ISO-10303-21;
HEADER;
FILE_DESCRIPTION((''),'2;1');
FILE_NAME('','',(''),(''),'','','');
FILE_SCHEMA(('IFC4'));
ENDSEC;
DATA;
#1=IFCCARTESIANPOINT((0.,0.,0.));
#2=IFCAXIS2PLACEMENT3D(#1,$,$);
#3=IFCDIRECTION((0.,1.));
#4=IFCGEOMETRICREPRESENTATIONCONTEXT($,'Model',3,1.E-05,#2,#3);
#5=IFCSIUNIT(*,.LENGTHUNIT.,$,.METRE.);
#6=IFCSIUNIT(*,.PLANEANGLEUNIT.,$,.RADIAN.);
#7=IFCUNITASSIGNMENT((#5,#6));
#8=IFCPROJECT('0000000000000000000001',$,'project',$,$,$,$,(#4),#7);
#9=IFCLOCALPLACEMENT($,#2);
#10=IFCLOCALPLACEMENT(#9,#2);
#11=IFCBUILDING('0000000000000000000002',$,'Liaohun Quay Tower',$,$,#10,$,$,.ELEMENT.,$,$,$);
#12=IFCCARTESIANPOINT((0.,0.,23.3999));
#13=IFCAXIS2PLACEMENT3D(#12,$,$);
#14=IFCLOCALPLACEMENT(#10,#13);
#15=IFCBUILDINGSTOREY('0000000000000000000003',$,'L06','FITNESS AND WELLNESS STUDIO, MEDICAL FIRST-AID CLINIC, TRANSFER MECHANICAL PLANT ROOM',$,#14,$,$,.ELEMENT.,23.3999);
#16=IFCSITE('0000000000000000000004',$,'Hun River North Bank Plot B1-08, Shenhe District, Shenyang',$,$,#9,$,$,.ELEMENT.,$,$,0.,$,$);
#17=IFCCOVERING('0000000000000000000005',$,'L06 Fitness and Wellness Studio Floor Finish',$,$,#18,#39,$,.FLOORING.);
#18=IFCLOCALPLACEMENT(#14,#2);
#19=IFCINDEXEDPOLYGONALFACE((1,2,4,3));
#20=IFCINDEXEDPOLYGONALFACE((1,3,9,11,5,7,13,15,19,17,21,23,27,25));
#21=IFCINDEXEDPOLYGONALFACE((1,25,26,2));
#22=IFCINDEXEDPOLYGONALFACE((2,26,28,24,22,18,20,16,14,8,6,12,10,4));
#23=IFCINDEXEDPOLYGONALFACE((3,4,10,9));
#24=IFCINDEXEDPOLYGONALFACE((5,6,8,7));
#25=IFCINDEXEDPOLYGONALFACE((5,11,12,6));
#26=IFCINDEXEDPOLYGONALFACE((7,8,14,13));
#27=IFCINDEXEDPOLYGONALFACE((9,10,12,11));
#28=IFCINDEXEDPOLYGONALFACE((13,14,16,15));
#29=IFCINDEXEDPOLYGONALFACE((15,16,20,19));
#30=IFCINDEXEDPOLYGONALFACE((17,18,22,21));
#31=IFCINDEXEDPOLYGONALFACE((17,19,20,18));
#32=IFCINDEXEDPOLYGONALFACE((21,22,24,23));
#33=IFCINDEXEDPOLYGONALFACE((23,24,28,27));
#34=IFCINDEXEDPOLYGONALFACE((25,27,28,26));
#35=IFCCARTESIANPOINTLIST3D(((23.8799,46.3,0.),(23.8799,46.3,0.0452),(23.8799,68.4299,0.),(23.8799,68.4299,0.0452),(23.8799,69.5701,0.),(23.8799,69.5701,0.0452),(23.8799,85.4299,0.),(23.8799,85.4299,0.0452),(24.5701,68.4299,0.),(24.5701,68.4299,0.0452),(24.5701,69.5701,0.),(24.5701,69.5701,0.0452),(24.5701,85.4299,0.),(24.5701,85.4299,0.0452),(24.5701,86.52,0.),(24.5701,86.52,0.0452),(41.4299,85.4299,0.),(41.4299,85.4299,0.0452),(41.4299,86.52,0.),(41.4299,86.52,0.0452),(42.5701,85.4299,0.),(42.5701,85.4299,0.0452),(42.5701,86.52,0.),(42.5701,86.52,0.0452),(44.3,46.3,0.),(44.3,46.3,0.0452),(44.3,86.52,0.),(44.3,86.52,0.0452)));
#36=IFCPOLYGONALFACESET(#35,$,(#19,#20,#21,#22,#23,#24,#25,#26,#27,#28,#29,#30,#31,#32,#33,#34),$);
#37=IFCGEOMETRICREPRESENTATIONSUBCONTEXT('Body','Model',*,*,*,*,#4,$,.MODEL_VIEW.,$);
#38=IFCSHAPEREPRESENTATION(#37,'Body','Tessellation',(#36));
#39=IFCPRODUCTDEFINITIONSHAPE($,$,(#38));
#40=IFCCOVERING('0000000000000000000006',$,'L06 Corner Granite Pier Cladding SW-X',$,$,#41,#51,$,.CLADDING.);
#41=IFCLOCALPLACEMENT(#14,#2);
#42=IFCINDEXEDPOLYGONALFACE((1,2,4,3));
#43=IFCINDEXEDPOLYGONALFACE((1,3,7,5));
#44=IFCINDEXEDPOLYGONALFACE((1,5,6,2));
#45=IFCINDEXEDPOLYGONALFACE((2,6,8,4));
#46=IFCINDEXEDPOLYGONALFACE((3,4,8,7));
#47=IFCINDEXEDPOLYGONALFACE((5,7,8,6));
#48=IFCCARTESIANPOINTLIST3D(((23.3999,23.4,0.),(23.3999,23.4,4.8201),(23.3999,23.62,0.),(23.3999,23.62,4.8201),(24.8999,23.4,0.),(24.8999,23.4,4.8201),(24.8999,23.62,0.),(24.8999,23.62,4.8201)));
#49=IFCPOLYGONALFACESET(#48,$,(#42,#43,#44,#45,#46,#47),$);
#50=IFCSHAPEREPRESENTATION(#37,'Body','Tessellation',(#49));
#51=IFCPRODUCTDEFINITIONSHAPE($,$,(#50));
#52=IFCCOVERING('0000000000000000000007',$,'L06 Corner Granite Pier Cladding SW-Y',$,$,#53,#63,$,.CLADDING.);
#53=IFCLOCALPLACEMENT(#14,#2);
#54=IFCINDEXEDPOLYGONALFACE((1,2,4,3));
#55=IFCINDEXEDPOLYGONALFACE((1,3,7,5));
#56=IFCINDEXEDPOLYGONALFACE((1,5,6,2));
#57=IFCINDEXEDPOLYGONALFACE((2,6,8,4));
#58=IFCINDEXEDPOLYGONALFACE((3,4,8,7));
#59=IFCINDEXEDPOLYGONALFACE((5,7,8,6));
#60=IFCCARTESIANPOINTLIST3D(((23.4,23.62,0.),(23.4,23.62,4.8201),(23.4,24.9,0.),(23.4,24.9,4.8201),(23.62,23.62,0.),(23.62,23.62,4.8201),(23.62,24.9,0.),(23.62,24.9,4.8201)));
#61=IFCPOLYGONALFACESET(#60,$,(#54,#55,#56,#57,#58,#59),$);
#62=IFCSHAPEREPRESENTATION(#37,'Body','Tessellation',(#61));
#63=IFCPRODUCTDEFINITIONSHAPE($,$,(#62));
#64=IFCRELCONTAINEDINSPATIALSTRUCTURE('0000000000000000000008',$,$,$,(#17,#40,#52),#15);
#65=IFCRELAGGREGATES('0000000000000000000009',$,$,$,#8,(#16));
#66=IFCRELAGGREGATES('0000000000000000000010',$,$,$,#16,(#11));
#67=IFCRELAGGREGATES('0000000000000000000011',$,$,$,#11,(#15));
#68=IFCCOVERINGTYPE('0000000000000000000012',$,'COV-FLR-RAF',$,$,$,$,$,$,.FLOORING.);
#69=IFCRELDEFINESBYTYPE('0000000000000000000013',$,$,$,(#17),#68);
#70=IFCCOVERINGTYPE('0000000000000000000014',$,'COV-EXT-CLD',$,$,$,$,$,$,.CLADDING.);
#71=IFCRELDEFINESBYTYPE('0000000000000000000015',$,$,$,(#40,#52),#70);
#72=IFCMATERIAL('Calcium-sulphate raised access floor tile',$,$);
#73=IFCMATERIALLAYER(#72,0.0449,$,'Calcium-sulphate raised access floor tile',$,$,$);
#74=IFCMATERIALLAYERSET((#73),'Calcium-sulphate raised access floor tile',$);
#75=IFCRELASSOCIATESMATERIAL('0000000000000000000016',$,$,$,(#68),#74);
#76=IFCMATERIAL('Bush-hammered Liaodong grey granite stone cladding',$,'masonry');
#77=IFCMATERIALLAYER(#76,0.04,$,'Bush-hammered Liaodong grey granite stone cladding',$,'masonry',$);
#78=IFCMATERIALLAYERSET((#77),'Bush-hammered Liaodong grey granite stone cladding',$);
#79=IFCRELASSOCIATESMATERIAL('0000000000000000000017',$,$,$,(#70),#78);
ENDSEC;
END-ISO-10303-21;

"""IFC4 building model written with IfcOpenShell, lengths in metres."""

from ifc_helpers import new_model, si_unit, direction, frame, origin, origin_2d, place, context, subcontext, project, spatial, polyline, rectangle, outline, extrude, source, transform, mapped, material, layer, layer_set, type_object, element, save


model = new_model("IFC4")

# Units and contexts
model_context = context("Model", 3, precision=1e-05, world=origin(), true_north=direction((0.0, 1.0)))
body_context = subcontext(model_context, "Body", "Model", "MODEL_VIEW")
ifc_project = project(units=[si_unit("LENGTHUNIT", "METRE"), si_unit("PLANEANGLEUNIT", "RADIAN")], contexts=[model_context])

# Site, building, storey
site_placement = place(None, origin())
site = spatial("IfcSite", under=ifc_project, at=site_placement, Name="Hun River North Bank Plot B1-08, Shenhe District, Shenyang", CompositionType="ELEMENT", RefElevation=0.0)
building_placement = place(site_placement, origin())
building = spatial("IfcBuilding", under=site, at=building_placement, Name="Liaohun Quay Tower", CompositionType="ELEMENT")
storey_placement = place(building_placement, frame((0.0, 0.0, 23.3999)))
storey = spatial("IfcBuildingStorey", under=building, at=storey_placement, Name="L06", Description="FITNESS AND WELLNESS STUDIO, MEDICAL FIRST-AID CLINIC, TRANSFER MECHANICAL PLANT ROOM", CompositionType="ELEMENT", Elevation=23.3999)

# Coverings
ifc_material_1 = material(Name="Calcium-sulphate raised access floor tile")
ifc_layer_1 = layer(ifc_material_1, 0.0449, Name="Calcium-sulphate raised access floor tile")
ifc_layer_set_1 = layer_set([ifc_layer_1], Name="Calcium-sulphate raised access floor tile")
covering_type_1 = type_object("IfcCoveringType", Name="COV-FLR-RAF", PredefinedType="FLOORING", material=ifc_layer_set_1)
covering_1_placement = place(storey_placement, origin())
element("IfcCovering", 1, at=covering_1_placement, inside=storey, type_object=covering_type_1, Name="L06 Fitness and Wellness Studio Floor Finish", PredefinedType="FLOORING", context=body_context, shape_type="SweptSolid", body=[
    extrude(outline(polyline([(42.5701, 86.52), (42.5701, 85.4299), (41.4299, 85.4299), (41.4299, 86.52), (24.5701, 86.52), (24.5701, 85.4299), (23.8799, 85.4299), (23.8799, 69.5701), (24.5701, 69.5701), (24.5701, 68.4299), (23.8799, 68.4299), (23.8799, 46.3), (44.3, 46.3), (44.3, 86.52), (42.5701, 86.52)])), origin(), (0.0, 0.0, 1.0), 0.0452),
])
ifc_material_2 = material(Name="Bush-hammered Liaodong grey granite stone cladding", Category="masonry")
ifc_layer_2 = layer(ifc_material_2, 0.04, Name="Bush-hammered Liaodong grey granite stone cladding", Category="masonry")
ifc_layer_set_2 = layer_set([ifc_layer_2], Name="Bush-hammered Liaodong grey granite stone cladding")
covering_type_2 = type_object("IfcCoveringType", Name="COV-EXT-CLD", PredefinedType="CLADDING", material=ifc_layer_set_2)
shared_shape_1 = source(origin(), body_context, "Body", "SweptSolid", [
    extrude(rectangle(XDim=1.5, YDim=0.22, at=origin_2d()), origin(), (0.0, 0.0, 1.0), 4.8201),
])
covering_2_placement = place(storey_placement, frame((24.1499, 23.51, 0.0), z_axis=(0.0, 0.0, 1.0), x_axis=(1.0, 0.0, 0.0)))
element("IfcCovering", 2, at=covering_2_placement, inside=storey, type_object=covering_type_2, Name="L06 Corner Granite Pier Cladding SW-X", PredefinedType="CLADDING", context=body_context, shape_type="MappedRepresentation", body=[
    mapped(shared_shape_1, transform((0.0, 0.0, 0.0), x_axis=(1.0, 0.0, 0.0), y_axis=(0.0, 1.0, 0.0), z_axis=(0.0, 0.0, 1.0), scale=1.0)),
])
shared_shape_2 = source(origin(), body_context, "Body", "SweptSolid", [
    extrude(rectangle(XDim=0.22, YDim=1.28, at=origin_2d()), origin(), (0.0, 0.0, 1.0), 4.8201),
])
covering_3_placement = place(storey_placement, frame((23.51, 24.26, 0.0), z_axis=(0.0, 0.0, 1.0), x_axis=(1.0, 0.0, 0.0)))
element("IfcCovering", 3, at=covering_3_placement, inside=storey, type_object=covering_type_2, Name="L06 Corner Granite Pier Cladding SW-Y", PredefinedType="CLADDING", context=body_context, shape_type="MappedRepresentation", body=[
    mapped(shared_shape_2, transform((0.0, 0.0, 0.0), x_axis=(1.0, 0.0, 0.0), y_axis=(0.0, 1.0, 0.0), z_axis=(0.0, 0.0, 1.0), scale=1.0)),
])

save(model, "model.ifc")
